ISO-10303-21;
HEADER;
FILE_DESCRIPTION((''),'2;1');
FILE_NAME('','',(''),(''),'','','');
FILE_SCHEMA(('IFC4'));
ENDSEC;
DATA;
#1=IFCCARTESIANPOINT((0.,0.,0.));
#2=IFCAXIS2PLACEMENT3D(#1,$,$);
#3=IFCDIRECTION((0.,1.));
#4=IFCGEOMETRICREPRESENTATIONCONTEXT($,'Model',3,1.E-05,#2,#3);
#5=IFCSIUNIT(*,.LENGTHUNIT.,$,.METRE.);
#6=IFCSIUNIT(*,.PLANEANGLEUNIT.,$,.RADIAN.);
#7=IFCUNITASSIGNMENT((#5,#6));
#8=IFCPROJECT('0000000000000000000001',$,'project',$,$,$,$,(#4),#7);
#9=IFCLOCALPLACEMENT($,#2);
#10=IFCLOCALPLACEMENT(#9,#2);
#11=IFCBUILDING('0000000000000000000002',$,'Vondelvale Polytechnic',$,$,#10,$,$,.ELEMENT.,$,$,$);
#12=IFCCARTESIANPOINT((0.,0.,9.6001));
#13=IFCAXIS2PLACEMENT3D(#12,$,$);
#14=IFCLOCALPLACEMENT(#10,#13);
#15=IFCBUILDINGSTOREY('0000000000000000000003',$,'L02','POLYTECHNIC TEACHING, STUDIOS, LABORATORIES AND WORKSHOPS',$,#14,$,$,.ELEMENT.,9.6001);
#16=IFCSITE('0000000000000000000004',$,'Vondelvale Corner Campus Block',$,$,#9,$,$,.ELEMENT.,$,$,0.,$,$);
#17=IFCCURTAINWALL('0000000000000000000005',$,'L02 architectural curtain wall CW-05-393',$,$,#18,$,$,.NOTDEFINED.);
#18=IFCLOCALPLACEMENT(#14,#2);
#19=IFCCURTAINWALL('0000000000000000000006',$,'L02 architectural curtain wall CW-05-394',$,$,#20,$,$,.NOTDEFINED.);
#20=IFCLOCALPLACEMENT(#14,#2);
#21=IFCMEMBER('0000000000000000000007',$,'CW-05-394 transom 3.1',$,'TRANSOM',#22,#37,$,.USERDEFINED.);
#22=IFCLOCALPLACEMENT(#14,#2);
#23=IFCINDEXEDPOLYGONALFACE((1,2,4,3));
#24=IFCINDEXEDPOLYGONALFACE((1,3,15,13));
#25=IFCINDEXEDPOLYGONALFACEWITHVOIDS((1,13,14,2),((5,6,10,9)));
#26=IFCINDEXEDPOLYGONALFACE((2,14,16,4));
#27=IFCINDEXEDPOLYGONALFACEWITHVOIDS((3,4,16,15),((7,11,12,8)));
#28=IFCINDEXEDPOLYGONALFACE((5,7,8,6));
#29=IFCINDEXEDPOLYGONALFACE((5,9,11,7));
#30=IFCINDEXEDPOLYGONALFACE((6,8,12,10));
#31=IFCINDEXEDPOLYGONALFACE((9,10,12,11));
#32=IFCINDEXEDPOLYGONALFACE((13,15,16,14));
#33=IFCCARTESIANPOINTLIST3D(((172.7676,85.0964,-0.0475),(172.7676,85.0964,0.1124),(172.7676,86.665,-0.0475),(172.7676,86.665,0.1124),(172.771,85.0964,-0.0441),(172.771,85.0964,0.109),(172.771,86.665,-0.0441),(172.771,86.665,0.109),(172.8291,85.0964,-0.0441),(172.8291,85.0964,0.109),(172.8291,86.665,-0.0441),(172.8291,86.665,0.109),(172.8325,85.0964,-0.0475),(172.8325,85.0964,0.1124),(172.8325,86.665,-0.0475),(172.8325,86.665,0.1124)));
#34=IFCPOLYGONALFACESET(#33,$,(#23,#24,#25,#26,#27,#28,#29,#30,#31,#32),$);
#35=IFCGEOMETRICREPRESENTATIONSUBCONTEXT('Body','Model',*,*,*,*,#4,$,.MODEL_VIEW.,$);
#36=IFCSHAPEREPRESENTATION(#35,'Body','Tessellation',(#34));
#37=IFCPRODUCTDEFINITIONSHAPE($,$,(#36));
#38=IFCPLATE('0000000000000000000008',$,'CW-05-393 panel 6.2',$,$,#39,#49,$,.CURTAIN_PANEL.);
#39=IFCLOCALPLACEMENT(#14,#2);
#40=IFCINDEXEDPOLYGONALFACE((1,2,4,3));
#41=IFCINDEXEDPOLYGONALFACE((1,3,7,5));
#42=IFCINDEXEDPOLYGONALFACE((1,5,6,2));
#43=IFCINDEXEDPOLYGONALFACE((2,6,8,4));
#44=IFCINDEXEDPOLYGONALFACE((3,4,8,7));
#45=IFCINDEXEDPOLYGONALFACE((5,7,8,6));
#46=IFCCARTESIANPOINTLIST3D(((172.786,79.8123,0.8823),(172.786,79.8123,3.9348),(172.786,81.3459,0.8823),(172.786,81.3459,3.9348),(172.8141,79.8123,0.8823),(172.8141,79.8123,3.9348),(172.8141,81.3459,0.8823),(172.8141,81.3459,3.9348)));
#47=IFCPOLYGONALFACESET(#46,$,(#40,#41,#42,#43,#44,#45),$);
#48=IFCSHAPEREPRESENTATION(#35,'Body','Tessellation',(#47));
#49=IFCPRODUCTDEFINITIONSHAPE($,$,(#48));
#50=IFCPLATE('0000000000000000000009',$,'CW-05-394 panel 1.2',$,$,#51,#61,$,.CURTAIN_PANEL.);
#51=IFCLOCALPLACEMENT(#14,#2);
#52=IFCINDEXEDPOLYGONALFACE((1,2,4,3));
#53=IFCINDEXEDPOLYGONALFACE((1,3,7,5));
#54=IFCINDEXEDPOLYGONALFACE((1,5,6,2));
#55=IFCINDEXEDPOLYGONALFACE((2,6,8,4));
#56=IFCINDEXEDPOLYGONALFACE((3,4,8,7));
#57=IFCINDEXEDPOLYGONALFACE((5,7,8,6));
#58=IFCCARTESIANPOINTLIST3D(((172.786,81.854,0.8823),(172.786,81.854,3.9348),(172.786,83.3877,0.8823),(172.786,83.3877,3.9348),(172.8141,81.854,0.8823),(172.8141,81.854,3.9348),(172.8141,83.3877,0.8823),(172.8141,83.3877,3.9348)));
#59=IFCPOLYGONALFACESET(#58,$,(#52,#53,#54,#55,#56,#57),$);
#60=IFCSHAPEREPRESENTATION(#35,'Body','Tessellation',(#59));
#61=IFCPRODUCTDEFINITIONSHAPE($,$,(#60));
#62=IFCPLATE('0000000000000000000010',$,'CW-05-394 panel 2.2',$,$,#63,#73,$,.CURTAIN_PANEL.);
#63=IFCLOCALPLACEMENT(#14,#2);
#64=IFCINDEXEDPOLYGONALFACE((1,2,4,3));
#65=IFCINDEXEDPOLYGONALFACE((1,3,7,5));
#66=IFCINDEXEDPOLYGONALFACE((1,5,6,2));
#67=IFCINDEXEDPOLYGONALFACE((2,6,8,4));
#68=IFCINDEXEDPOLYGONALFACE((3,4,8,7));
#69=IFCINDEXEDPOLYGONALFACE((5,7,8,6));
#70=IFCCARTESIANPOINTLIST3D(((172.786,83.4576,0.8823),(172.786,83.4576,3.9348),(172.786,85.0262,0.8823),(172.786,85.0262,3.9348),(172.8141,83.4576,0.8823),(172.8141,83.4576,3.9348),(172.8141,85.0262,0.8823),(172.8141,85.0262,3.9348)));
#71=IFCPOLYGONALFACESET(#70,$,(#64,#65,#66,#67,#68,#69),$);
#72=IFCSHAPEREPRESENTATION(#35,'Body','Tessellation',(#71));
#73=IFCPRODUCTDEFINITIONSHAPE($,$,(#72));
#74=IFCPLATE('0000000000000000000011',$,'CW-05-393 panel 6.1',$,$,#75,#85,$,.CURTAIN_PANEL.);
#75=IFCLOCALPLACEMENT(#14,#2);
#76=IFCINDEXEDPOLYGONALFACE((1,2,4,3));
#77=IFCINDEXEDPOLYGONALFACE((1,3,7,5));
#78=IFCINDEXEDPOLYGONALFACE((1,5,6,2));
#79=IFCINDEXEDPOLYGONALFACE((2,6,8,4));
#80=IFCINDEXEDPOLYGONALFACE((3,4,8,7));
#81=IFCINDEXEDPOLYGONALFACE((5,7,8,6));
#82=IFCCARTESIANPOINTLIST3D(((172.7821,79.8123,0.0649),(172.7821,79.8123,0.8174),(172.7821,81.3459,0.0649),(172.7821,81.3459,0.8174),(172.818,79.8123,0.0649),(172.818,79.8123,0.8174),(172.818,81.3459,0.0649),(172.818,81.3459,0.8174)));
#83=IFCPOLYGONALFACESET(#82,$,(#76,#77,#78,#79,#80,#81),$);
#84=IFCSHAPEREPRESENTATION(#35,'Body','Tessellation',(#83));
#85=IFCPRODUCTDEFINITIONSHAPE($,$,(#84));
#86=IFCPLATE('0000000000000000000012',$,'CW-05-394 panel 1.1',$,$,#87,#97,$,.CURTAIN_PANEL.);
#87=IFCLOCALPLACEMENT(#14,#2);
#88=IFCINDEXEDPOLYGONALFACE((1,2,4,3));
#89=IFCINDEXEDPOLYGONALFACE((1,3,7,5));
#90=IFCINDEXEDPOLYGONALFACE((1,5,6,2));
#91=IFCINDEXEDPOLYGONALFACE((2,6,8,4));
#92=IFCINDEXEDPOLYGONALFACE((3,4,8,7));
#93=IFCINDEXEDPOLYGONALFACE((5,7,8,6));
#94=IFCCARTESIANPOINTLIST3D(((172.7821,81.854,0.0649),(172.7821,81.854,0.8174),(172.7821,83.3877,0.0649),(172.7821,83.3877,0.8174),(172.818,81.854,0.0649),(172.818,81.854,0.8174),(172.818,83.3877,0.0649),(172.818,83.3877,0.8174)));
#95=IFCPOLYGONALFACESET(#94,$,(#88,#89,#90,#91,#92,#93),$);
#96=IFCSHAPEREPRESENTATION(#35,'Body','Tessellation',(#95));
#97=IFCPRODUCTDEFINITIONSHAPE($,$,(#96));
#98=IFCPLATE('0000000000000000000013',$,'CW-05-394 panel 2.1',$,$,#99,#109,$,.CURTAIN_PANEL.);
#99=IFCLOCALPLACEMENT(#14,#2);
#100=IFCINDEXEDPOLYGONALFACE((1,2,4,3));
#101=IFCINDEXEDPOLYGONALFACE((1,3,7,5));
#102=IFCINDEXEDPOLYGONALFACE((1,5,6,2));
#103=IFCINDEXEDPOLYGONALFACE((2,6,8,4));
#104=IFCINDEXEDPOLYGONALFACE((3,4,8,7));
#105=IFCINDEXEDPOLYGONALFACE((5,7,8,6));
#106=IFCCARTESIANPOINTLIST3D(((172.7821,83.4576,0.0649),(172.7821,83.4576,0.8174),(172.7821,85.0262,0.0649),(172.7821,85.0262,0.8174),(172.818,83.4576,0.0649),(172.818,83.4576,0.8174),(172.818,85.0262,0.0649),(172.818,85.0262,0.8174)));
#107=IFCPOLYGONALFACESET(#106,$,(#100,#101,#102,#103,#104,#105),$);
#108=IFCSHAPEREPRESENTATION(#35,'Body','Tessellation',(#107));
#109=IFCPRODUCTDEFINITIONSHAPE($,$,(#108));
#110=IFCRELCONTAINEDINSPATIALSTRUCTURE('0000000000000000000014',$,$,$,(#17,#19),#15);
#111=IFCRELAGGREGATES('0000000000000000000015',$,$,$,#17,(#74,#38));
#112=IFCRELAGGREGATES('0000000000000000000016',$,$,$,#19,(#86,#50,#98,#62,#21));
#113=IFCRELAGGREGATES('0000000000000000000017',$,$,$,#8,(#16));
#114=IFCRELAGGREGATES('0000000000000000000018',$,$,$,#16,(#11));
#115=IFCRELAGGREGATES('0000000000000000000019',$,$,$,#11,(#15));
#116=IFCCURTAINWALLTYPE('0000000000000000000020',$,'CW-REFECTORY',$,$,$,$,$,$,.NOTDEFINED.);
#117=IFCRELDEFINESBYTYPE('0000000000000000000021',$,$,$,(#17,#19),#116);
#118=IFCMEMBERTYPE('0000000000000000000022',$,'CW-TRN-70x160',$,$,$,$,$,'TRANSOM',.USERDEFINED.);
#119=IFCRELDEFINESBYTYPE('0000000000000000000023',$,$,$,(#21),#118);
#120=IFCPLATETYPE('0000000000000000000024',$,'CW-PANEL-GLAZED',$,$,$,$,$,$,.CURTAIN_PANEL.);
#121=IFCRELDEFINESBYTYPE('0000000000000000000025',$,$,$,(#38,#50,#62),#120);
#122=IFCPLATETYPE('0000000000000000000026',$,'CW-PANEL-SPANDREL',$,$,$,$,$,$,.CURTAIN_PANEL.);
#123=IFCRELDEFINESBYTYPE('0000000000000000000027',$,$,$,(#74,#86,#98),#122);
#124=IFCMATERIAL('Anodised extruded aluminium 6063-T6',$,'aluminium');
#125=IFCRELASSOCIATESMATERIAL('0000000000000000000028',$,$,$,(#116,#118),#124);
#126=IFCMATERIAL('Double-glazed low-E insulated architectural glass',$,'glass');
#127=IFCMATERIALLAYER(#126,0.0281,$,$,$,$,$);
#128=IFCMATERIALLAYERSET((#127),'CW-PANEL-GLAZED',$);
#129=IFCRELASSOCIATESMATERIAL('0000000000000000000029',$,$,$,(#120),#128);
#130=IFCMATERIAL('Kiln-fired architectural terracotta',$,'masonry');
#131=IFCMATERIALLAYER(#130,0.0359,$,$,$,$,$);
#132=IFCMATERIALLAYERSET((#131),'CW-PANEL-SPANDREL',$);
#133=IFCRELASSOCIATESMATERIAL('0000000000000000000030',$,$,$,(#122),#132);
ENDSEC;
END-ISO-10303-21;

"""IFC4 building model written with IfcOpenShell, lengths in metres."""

from ifc_helpers import new_model, si_unit, direction, frame, origin, origin_2d, place, context, subcontext, project, spatial, rectangle, hollow_rectangle, extrude, material, layer, layer_set, material_profile, profile_set, type_object, element, aggregate, save


model = new_model("IFC4")

# Units and contexts
model_context = context("Model", 3, precision=1e-05, world=origin(), true_north=direction((0.0, 1.0)))
body_context = subcontext(model_context, "Body", "Model", "MODEL_VIEW")
ifc_project = project(units=[si_unit("LENGTHUNIT", "METRE"), si_unit("PLANEANGLEUNIT", "RADIAN")], contexts=[model_context])

# Site, building, storey
site_placement = place(None, origin())
site = spatial("IfcSite", under=ifc_project, at=site_placement, Name="Vondelvale Corner Campus Block", CompositionType="ELEMENT", RefElevation=0.0)
building_placement = place(site_placement, origin())
building = spatial("IfcBuilding", under=site, at=building_placement, Name="Vondelvale Polytechnic", CompositionType="ELEMENT")
storey_placement = place(building_placement, frame((0.0, 0.0, 9.6001)))
storey = spatial("IfcBuildingStorey", under=building, at=storey_placement, Name="L02", Description="POLYTECHNIC TEACHING, STUDIOS, LABORATORIES AND WORKSHOPS", CompositionType="ELEMENT", Elevation=9.6001)

# Curtain wall
ifc_material_1 = material(Name="Anodised extruded aluminium 6063-T6", Category="aluminium")
curtain_wall_type = type_object("IfcCurtainWallType", Name="CW-REFECTORY", PredefinedType="NOTDEFINED", material=ifc_material_1)
curtain_wall_1_placement = place(storey_placement, origin())
curtain_wall_1 = element("IfcCurtainWall", 1, at=curtain_wall_1_placement, inside=storey, type_object=curtain_wall_type, Name="L02 architectural curtain wall CW-05-393", PredefinedType="NOTDEFINED")

# Curtain wall
curtain_wall_2_placement = place(storey_placement, origin())
curtain_wall_2 = element("IfcCurtainWall", 2, at=curtain_wall_2_placement, inside=storey, type_object=curtain_wall_type, Name="L02 architectural curtain wall CW-05-394", PredefinedType="NOTDEFINED")

# Member
ifc_material_profile_1 = material_profile(ifc_material_1, hollow_rectangle(XDim=0.0649, YDim=0.1599, WallThickness=0.0034, at=origin_2d()), Name="CW-TRN-160x65")
ifc_profile_set_1 = profile_set([ifc_material_profile_1], Name="Anodised extruded aluminium 6063-T6")
member_type_1 = type_object("IfcMemberType", Name="CW-TRN-70x160", ElementType="TRANSOM", PredefinedType="USERDEFINED", material=ifc_profile_set_1)
member_1_placement = place(storey_placement, frame((172.8, 85.0964, 0.0325), z_axis=(0.0, 1.0, 0.0), x_axis=(-1.0, 0.0, 0.0)))
member_1 = element("IfcMember", 3, at=member_1_placement, type_object=member_type_1, Name="CW-05-394 transom 3.1", ObjectType="TRANSOM", PredefinedType="USERDEFINED", context=body_context, shape_type="SweptSolid", body=[
    extrude(hollow_rectangle(XDim=0.0649, YDim=0.1599, WallThickness=0.0034, at=origin_2d()), origin(), (0.0, 0.0, 1.0), 1.5686),
])

# Plates
ifc_material_2 = material(Name="Double-glazed low-E insulated architectural glass", Category="glass")
ifc_layer_1 = layer(ifc_material_2, 0.0281)
ifc_layer_set_1 = layer_set([ifc_layer_1], Name="CW-PANEL-GLAZED")
plate_type_1 = type_object("IfcPlateType", Name="CW-PANEL-GLAZED", PredefinedType="CURTAIN_PANEL", material=ifc_layer_set_1)
plate_1_placement = place(storey_placement, frame((172.8, 80.5791, 0.8823), z_axis=(0.0, 0.0, 1.0), x_axis=(0.0, 1.0, 0.0)))
plate_1 = element("IfcPlate", 4, at=plate_1_placement, type_object=plate_type_1, Name="CW-05-393 panel 6.2", PredefinedType="CURTAIN_PANEL", context=body_context, shape_type="SweptSolid", body=[
    extrude(rectangle(XDim=1.5337, YDim=0.0281, at=origin_2d()), origin(), (0.0, 0.0, 1.0), 3.0525),
])
plate_2_placement = place(storey_placement, frame((172.8, 82.6208, 0.8823), z_axis=(0.0, 0.0, 1.0), x_axis=(0.0, 1.0, 0.0)))
plate_2 = element("IfcPlate", 5, at=plate_2_placement, type_object=plate_type_1, Name="CW-05-394 panel 1.2", PredefinedType="CURTAIN_PANEL", context=body_context, shape_type="SweptSolid", body=[
    extrude(rectangle(XDim=1.5337, YDim=0.0281, at=origin_2d()), origin(), (0.0, 0.0, 1.0), 3.0525),
])
plate_3_placement = place(storey_placement, frame((172.8, 84.2419, 0.8823), z_axis=(0.0, 0.0, 1.0), x_axis=(0.0, 1.0, 0.0)))
plate_3 = element("IfcPlate", 6, at=plate_3_placement, type_object=plate_type_1, Name="CW-05-394 panel 2.2", PredefinedType="CURTAIN_PANEL", context=body_context, shape_type="SweptSolid", body=[
    extrude(rectangle(XDim=1.5686, YDim=0.0281, at=origin_2d()), origin(), (0.0, 0.0, 1.0), 3.0525),
])
ifc_material_3 = material(Name="Kiln-fired architectural terracotta", Category="masonry")
ifc_layer_2 = layer(ifc_material_3, 0.0359)
ifc_layer_set_2 = layer_set([ifc_layer_2], Name="CW-PANEL-SPANDREL")
plate_type_2 = type_object("IfcPlateType", Name="CW-PANEL-SPANDREL", PredefinedType="CURTAIN_PANEL", material=ifc_layer_set_2)
plate_4_placement = place(storey_placement, frame((172.8, 80.5791, 0.0649), z_axis=(0.0, 0.0, 1.0), x_axis=(0.0, 1.0, 0.0)))
plate_4 = element("IfcPlate", 7, at=plate_4_placement, type_object=plate_type_2, Name="CW-05-393 panel 6.1", PredefinedType="CURTAIN_PANEL", context=body_context, shape_type="SweptSolid", body=[
    extrude(rectangle(XDim=1.5337, YDim=0.0359, at=origin_2d()), origin(), (0.0, 0.0, 1.0), 0.7524),
])
aggregate(curtain_wall_1, [plate_4, plate_1])
plate_5_placement = place(storey_placement, frame((172.8, 82.6208, 0.0649), z_axis=(0.0, 0.0, 1.0), x_axis=(0.0, 1.0, 0.0)))
plate_5 = element("IfcPlate", 8, at=plate_5_placement, type_object=plate_type_2, Name="CW-05-394 panel 1.1", PredefinedType="CURTAIN_PANEL", context=body_context, shape_type="SweptSolid", body=[
    extrude(rectangle(XDim=1.5337, YDim=0.0359, at=origin_2d()), origin(), (0.0, 0.0, 1.0), 0.7524),
])
plate_6_placement = place(storey_placement, frame((172.8, 84.2419, 0.0649), z_axis=(0.0, 0.0, 1.0), x_axis=(0.0, 1.0, 0.0)))
plate_6 = element("IfcPlate", 9, at=plate_6_placement, type_object=plate_type_2, Name="CW-05-394 panel 2.1", PredefinedType="CURTAIN_PANEL", context=body_context, shape_type="SweptSolid", body=[
    extrude(rectangle(XDim=1.5686, YDim=0.0359, at=origin_2d()), origin(), (0.0, 0.0, 1.0), 0.7524),
])
aggregate(curtain_wall_2, [plate_5, plate_2, plate_6, plate_3, member_1])

save(model, "model.ifc")
